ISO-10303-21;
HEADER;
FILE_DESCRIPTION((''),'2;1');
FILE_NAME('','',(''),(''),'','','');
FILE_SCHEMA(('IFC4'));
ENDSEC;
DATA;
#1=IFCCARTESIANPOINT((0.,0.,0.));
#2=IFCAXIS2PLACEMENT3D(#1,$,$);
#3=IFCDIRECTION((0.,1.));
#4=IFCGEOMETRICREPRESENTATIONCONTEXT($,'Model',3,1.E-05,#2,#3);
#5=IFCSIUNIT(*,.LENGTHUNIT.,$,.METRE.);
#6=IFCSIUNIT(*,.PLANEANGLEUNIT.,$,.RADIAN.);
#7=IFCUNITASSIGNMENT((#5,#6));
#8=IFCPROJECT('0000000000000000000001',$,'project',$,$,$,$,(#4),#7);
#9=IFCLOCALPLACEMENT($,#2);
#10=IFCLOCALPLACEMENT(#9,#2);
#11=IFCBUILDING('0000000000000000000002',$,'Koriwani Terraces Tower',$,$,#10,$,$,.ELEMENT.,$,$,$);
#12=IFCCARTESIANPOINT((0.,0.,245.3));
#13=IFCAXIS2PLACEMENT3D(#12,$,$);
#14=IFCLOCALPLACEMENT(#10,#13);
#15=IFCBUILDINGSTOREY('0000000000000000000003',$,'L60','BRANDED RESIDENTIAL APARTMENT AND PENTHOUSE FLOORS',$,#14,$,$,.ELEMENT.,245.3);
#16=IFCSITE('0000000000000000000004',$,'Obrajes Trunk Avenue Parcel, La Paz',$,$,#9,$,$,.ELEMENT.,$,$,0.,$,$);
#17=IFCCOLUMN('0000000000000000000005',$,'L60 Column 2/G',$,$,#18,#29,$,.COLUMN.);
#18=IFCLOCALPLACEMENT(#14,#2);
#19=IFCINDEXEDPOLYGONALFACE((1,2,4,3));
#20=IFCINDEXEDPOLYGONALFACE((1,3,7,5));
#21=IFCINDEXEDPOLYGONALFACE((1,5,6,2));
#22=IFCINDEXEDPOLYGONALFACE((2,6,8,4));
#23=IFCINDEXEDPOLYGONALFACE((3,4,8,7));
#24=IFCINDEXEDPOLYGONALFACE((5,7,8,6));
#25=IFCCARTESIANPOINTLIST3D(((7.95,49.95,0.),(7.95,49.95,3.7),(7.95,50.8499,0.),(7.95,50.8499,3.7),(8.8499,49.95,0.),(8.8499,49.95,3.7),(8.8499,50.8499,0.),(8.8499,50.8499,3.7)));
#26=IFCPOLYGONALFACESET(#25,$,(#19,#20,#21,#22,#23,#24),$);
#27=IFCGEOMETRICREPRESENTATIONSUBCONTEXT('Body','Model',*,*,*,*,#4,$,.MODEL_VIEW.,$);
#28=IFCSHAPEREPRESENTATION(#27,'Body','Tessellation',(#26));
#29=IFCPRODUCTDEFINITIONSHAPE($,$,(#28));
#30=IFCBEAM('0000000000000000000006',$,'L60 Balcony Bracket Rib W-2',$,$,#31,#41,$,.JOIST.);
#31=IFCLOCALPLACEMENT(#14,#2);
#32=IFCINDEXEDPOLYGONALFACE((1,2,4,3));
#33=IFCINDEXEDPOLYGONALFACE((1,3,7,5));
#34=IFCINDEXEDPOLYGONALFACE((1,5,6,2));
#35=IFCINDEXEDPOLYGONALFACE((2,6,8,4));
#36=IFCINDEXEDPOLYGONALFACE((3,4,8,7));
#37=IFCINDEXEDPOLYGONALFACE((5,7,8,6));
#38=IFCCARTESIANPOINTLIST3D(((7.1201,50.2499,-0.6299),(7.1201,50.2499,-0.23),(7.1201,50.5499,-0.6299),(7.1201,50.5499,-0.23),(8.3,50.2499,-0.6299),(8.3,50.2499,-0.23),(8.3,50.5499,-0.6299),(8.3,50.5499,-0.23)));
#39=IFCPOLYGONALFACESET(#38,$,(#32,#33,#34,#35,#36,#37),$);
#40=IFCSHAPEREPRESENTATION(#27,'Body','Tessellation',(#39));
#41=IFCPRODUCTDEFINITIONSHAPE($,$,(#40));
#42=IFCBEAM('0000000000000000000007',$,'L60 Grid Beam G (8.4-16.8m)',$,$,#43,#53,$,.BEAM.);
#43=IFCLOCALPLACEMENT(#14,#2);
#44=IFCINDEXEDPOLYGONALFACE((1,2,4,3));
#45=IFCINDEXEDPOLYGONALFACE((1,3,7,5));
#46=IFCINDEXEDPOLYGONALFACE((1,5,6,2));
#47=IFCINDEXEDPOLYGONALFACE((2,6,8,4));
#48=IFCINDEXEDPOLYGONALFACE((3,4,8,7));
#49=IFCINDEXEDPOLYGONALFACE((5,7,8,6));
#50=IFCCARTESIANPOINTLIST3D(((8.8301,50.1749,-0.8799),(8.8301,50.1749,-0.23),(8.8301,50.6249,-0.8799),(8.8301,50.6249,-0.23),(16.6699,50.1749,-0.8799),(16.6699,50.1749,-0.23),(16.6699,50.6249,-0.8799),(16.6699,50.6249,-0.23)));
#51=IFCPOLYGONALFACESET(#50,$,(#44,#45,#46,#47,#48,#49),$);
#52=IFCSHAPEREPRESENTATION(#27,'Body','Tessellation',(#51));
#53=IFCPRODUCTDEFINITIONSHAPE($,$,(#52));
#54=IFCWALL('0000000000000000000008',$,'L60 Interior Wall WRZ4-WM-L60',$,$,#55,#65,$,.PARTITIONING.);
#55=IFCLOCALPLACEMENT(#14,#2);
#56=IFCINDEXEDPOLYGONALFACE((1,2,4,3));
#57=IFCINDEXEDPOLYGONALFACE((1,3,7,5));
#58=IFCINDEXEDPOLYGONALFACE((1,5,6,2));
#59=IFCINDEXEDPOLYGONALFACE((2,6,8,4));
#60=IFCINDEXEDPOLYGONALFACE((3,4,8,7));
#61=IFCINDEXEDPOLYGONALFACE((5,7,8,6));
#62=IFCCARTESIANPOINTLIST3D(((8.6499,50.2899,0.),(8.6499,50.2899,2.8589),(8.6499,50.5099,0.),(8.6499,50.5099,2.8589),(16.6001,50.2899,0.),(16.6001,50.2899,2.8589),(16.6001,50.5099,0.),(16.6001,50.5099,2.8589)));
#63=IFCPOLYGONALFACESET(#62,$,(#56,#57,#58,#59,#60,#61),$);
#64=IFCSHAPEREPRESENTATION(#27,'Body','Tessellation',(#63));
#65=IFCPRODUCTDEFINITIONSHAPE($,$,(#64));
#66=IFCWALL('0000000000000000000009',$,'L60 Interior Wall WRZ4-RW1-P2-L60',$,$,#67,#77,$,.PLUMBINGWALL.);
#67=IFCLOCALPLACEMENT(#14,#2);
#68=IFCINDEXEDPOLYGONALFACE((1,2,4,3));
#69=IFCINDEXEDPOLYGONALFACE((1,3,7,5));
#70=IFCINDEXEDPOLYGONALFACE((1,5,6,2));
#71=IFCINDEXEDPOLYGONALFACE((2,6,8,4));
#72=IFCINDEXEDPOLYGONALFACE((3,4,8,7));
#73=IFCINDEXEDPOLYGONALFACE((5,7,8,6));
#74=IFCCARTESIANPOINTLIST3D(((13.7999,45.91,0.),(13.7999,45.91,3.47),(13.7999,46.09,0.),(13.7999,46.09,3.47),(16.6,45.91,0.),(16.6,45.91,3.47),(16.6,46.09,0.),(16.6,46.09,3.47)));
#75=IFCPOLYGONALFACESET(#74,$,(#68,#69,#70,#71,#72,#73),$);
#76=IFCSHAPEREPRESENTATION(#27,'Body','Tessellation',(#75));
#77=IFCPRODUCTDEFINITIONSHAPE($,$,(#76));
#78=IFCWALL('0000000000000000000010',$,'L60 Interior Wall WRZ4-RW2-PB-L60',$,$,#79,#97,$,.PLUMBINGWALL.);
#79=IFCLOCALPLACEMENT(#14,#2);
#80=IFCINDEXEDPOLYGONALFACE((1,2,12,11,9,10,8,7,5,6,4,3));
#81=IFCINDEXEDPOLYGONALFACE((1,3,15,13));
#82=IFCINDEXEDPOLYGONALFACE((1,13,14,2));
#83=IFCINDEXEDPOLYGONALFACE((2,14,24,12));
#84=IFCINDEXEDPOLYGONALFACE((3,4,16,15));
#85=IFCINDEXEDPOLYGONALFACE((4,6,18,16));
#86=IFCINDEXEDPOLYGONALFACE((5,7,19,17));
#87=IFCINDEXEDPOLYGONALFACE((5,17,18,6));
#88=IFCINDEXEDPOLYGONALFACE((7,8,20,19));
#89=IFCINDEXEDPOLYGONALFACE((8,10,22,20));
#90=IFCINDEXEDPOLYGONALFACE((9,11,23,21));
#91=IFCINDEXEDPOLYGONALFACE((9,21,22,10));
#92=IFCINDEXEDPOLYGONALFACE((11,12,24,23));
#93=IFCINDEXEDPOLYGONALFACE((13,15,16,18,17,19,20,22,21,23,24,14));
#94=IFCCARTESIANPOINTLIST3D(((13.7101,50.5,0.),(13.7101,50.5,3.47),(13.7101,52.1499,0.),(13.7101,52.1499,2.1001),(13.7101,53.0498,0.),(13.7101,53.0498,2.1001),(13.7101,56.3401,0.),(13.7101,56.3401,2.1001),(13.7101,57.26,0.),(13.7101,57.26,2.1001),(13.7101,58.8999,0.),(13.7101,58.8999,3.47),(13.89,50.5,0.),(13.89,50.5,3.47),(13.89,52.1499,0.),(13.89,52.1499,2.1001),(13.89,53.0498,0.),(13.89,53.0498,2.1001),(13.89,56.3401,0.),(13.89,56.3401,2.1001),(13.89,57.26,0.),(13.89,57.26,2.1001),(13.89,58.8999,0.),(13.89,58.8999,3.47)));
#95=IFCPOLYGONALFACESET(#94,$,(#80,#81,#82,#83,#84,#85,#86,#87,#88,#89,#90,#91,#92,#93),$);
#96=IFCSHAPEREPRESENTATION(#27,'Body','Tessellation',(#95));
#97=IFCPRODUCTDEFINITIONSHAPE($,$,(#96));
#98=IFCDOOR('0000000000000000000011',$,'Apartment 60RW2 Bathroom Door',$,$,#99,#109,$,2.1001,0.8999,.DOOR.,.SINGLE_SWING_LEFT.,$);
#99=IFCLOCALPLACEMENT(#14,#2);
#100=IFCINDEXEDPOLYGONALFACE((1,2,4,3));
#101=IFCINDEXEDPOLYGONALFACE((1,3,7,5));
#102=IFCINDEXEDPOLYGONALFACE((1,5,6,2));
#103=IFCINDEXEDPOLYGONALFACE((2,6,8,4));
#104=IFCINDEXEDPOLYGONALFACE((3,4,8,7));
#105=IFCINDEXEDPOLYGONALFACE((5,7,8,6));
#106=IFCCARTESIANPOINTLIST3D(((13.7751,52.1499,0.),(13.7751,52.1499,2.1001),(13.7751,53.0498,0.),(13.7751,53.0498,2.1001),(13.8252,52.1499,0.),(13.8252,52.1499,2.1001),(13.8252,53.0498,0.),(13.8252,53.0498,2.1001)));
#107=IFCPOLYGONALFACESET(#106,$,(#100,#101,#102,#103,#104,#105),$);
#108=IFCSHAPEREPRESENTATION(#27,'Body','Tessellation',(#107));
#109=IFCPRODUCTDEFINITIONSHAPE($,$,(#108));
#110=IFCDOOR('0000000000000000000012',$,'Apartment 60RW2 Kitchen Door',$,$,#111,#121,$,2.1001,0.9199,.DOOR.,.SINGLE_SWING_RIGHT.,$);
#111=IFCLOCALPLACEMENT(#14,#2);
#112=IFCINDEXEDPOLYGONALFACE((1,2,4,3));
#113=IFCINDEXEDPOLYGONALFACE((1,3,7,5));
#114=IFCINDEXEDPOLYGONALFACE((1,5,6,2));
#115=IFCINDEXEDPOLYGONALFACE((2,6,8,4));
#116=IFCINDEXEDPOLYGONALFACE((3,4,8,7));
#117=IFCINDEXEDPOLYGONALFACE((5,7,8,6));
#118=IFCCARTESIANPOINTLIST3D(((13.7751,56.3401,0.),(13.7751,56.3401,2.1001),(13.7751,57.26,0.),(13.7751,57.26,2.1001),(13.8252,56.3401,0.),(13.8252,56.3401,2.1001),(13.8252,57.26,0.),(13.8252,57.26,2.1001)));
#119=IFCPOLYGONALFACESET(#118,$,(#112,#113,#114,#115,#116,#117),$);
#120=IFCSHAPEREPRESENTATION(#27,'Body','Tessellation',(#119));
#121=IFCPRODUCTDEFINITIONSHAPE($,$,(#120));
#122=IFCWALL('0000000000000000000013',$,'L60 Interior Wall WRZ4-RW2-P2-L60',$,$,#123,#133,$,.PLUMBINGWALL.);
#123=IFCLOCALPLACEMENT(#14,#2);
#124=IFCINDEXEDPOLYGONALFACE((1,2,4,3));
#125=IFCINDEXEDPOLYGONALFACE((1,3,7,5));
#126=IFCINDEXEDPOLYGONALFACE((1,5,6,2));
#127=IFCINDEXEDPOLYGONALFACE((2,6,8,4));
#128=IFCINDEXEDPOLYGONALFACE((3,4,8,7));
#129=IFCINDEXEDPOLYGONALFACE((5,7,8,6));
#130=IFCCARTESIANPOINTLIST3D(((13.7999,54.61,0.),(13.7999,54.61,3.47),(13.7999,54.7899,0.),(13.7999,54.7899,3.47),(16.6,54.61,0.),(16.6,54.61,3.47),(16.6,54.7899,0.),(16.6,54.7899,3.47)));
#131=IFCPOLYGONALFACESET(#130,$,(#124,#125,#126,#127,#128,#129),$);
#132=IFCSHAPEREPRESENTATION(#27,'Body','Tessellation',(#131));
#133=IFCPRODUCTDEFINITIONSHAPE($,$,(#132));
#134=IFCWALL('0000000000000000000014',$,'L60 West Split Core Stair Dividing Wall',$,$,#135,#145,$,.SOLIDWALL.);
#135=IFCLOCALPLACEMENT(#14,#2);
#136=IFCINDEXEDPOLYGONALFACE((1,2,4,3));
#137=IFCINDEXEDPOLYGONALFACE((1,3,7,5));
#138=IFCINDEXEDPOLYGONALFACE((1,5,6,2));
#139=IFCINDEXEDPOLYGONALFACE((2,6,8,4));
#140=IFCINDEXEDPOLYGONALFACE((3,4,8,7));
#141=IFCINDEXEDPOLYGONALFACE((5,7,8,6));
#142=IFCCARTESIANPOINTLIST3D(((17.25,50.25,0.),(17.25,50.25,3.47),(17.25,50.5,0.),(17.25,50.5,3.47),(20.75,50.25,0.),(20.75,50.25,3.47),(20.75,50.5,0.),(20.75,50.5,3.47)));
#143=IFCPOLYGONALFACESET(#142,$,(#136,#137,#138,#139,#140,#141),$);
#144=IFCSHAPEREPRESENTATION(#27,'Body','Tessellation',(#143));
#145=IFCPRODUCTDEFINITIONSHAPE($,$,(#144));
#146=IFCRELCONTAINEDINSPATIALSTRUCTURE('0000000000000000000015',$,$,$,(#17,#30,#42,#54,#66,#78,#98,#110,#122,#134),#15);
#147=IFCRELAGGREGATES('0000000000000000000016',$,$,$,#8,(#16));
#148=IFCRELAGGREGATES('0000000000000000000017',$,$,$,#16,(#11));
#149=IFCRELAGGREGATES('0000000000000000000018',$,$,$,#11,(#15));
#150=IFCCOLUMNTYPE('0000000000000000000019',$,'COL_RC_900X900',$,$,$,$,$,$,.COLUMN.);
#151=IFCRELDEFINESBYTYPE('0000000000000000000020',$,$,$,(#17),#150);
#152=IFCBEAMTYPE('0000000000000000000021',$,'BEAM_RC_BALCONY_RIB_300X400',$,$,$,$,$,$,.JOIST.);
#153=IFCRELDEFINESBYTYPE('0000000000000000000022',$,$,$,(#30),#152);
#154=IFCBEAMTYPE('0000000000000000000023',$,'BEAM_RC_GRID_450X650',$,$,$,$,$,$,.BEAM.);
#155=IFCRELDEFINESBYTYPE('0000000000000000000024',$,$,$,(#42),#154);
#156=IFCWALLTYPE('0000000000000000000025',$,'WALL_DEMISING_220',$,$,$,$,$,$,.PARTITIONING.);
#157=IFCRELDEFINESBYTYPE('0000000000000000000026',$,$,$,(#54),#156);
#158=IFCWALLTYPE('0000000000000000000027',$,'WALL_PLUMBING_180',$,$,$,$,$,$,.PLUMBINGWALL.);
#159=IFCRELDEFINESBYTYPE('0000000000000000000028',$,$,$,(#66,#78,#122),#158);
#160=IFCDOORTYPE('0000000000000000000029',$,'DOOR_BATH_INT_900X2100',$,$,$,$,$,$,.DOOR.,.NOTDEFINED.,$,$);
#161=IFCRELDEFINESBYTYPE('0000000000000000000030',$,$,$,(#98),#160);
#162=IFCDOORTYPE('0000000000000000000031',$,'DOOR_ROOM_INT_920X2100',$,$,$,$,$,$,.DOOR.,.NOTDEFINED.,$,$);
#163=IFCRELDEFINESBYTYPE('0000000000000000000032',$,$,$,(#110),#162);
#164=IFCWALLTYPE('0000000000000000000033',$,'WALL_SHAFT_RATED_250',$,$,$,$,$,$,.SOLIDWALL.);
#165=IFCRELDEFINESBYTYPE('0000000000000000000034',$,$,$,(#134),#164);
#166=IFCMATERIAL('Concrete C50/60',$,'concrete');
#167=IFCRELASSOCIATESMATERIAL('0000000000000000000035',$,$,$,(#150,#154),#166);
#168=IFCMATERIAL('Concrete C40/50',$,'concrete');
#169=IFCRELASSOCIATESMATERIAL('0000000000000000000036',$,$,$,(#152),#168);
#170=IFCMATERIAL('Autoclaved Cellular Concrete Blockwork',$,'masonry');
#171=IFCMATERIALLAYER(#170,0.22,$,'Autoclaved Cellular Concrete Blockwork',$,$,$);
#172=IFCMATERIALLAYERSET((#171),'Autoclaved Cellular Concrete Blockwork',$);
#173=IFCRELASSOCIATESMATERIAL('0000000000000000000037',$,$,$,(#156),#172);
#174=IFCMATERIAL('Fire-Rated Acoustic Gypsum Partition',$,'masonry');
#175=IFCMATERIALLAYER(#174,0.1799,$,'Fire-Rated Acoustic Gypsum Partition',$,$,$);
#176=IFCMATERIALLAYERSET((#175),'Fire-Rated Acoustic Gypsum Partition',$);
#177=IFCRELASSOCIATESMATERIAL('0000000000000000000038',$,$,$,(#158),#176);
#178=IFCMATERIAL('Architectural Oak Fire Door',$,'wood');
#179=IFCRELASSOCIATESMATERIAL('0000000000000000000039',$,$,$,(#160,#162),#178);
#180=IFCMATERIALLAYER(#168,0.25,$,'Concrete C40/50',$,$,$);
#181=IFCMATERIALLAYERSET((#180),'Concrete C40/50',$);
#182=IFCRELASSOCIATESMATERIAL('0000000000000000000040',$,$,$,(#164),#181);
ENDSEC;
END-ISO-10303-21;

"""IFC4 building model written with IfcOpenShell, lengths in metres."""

from ifc_helpers import new_model, si_unit, direction, frame, frame_2d, origin, origin_2d, place, context, subcontext, project, spatial, rectangle, extrude, material, layer, layer_set, material_profile, profile_set, type_object, element, fill, save


model = new_model("IFC4")

# Units and contexts
model_context = context("Model", 3, precision=1e-05, world=origin(), true_north=direction((0.0, 1.0)))
body_context = subcontext(model_context, "Body", "Model", "MODEL_VIEW")
ifc_project = project(units=[si_unit("LENGTHUNIT", "METRE"), si_unit("PLANEANGLEUNIT", "RADIAN")], contexts=[model_context])

# Site, building, storey
site_placement = place(None, origin())
site = spatial("IfcSite", under=ifc_project, at=site_placement, Name="Obrajes Trunk Avenue Parcel, La Paz", CompositionType="ELEMENT", RefElevation=0.0)
building_placement = place(site_placement, origin())
building = spatial("IfcBuilding", under=site, at=building_placement, Name="Koriwani Terraces Tower", CompositionType="ELEMENT")
storey_placement = place(building_placement, frame((0.0, 0.0, 245.3)))
storey = spatial("IfcBuildingStorey", under=building, at=storey_placement, Name="L60", Description="BRANDED RESIDENTIAL APARTMENT AND PENTHOUSE FLOORS", CompositionType="ELEMENT", Elevation=245.3)

# Column
ifc_material_1 = material(Name="Concrete C50/60", Category="concrete")
ifc_material_profile_1 = material_profile(ifc_material_1, rectangle(XDim=0.8999, YDim=0.8999, at=origin_2d()), Name="Concrete C50/60", Category="LoadBearing")
ifc_profile_set_1 = profile_set([ifc_material_profile_1], Name="Concrete C50/60")
column_type = type_object("IfcColumnType", Name="COL_RC_900X900", PredefinedType="COLUMN", material=ifc_profile_set_1)
column_placement = place(storey_placement, frame((8.3999, 50.3999, 0.0), z_axis=(0.0, 0.0, 1.0), x_axis=(1.0, 0.0, 0.0)))
element("IfcColumn", 1, at=column_placement, inside=storey, type_object=column_type, Name="L60 Column 2/G", PredefinedType="COLUMN", context=body_context, shape_type="SweptSolid", body=[
    extrude(rectangle(XDim=0.8999, YDim=0.8999, at=origin_2d()), origin(), (0.0, 0.0, 1.0), 3.7),
])

# Beams
ifc_material_2 = material(Name="Concrete C40/50", Category="concrete")
ifc_material_profile_2 = material_profile(ifc_material_2, rectangle(XDim=0.3, YDim=0.3999, at=origin_2d()), Name="Concrete C40/50", Category="LoadBearing")
ifc_profile_set_2 = profile_set([ifc_material_profile_2], Name="Concrete C40/50")
beam_type_1 = type_object("IfcBeamType", Name="BEAM_RC_BALCONY_RIB_300X400", PredefinedType="JOIST", material=ifc_profile_set_2)
beam_1_placement = place(storey_placement, frame((7.1201, 50.3999, -0.4299), z_axis=(1.0, 0.0, 0.0), x_axis=(0.0, 1.0, 0.0)))
element("IfcBeam", 2, at=beam_1_placement, inside=storey, type_object=beam_type_1, Name="L60 Balcony Bracket Rib W-2", PredefinedType="JOIST", context=body_context, shape_type="SweptSolid", body=[
    extrude(rectangle(XDim=0.3, YDim=0.3999, at=origin_2d()), origin(), (0.0, 0.0, 1.0), 1.1799),
])
ifc_material_profile_3 = material_profile(ifc_material_1, rectangle(XDim=0.45, YDim=0.6499, at=origin_2d()), Name="Concrete C50/60", Category="LoadBearing")
ifc_profile_set_3 = profile_set([ifc_material_profile_3], Name="Concrete C50/60")
beam_type_2 = type_object("IfcBeamType", Name="BEAM_RC_GRID_450X650", PredefinedType="BEAM", material=ifc_profile_set_3)
beam_2_placement = place(storey_placement, frame((8.8301, 50.3999, -0.5549), z_axis=(1.0, 0.0, 0.0), x_axis=(0.0, 1.0, 0.0)))
element("IfcBeam", 3, at=beam_2_placement, inside=storey, type_object=beam_type_2, Name="L60 Grid Beam G (8.4-16.8m)", PredefinedType="BEAM", context=body_context, shape_type="SweptSolid", body=[
    extrude(rectangle(XDim=0.45, YDim=0.6499, at=origin_2d()), origin(), (0.0, 0.0, 1.0), 7.8398),
])

# Walls
ifc_material_3 = material(Name="Autoclaved Cellular Concrete Blockwork", Category="masonry")
ifc_layer_1 = layer(ifc_material_3, 0.22, Name="Autoclaved Cellular Concrete Blockwork")
ifc_layer_set_1 = layer_set([ifc_layer_1], Name="Autoclaved Cellular Concrete Blockwork")
wall_type_1 = type_object("IfcWallType", Name="WALL_DEMISING_220", PredefinedType="PARTITIONING", material=ifc_layer_set_1)
wall_1_placement = place(storey_placement, frame((8.6499, 50.3999, 0.0), z_axis=(0.0, 0.0, 1.0), x_axis=(1.0, 0.0, 0.0)))
element("IfcWall", 4, at=wall_1_placement, inside=storey, type_object=wall_type_1, Name="L60 Interior Wall WRZ4-WM-L60", PredefinedType="PARTITIONING", context=body_context, shape_type="SweptSolid", body=[
    extrude(rectangle(XDim=7.9502, YDim=0.22, at=frame_2d((3.9751, 0.0))), origin(), (0.0, 0.0, 1.0), 2.8589),
])
ifc_material_4 = material(Name="Fire-Rated Acoustic Gypsum Partition", Category="masonry")
ifc_layer_2 = layer(ifc_material_4, 0.1799, Name="Fire-Rated Acoustic Gypsum Partition")
ifc_layer_set_2 = layer_set([ifc_layer_2], Name="Fire-Rated Acoustic Gypsum Partition")
wall_type_2 = type_object("IfcWallType", Name="WALL_PLUMBING_180", PredefinedType="PLUMBINGWALL", material=ifc_layer_set_2)
wall_2_placement = place(storey_placement, frame((13.8, 46.0, 0.0), z_axis=(0.0, 0.0, 1.0), x_axis=(1.0, 0.0, 0.0)))
element("IfcWall", 5, at=wall_2_placement, inside=storey, type_object=wall_type_2, Name="L60 Interior Wall WRZ4-RW1-P2-L60", PredefinedType="PLUMBINGWALL", context=body_context, shape_type="SweptSolid", body=[
    extrude(rectangle(XDim=2.8, YDim=0.1799, at=frame_2d((1.3999, 0.0))), origin(), (0.0, 0.0, 1.0), 3.47),
])

# Wall, openings, doors
wall_3_placement = place(storey_placement, frame((13.8, 50.5, 0.0), z_axis=(0.0, 0.0, 1.0), x_axis=(0.0, 1.0, 0.0)))
wall_3 = element("IfcWall", 6, at=wall_3_placement, inside=storey, type_object=wall_type_2, Name="L60 Interior Wall WRZ4-RW2-PB-L60", PredefinedType="PLUMBINGWALL", context=body_context, shape_type="SweptSolid", body=[
    extrude(rectangle(XDim=8.3999, YDim=0.1799, at=frame_2d((4.2, 0.0))), origin(), (0.0, 0.0, 1.0), 3.47),
])
opening_1_placement = place(wall_3_placement, frame((1.6499, 0.0, 0.0)))
opening_1 = element("IfcOpeningElement", 7, at=opening_1_placement, cuts=wall_3, PredefinedType="OPENING", context=body_context, shape_type="SweptSolid", body=[
    extrude(rectangle(XDim=0.8999, YDim=2.1001, at=frame_2d((0.45, 1.05))), frame((0.0, 0.1001, 0.0), z_axis=(0.0, -1.0, 0.0), x_axis=(1.0, 0.0, 0.0)), (0.0, 0.0, 1.0), 0.2),
])
opening_2_placement = place(wall_3_placement, frame((5.8401, 0.0, 0.0)))
opening_2 = element("IfcOpeningElement", 8, at=opening_2_placement, cuts=wall_3, PredefinedType="OPENING", context=body_context, shape_type="SweptSolid", body=[
    extrude(rectangle(XDim=0.9199, YDim=2.1001, at=frame_2d((0.46, 1.05))), frame((0.0, 0.1001, 0.0), z_axis=(0.0, -1.0, 0.0), x_axis=(1.0, 0.0, 0.0)), (0.0, 0.0, 1.0), 0.2),
])
ifc_material_5 = material(Name="Architectural Oak Fire Door", Category="wood")
door_type_1 = type_object("IfcDoorType", Name="DOOR_BATH_INT_900X2100", OperationType="NOTDEFINED", PredefinedType="DOOR", material=ifc_material_5)
door_1_placement = place(opening_1_placement, origin())
door_1 = element("IfcDoor", 9, at=door_1_placement, inside=storey, type_object=door_type_1, Name="Apartment 60RW2 Bathroom Door", OperationType="SINGLE_SWING_LEFT", OverallHeight=2.1001, OverallWidth=0.8999, PredefinedType="DOOR", context=body_context, shape_type="SweptSolid", body=[
    extrude(rectangle(XDim=0.8999, YDim=2.1001, at=frame_2d((0.45, 1.05))), frame((0.0, 0.0249, 0.0), z_axis=(0.0, -1.0, 0.0), x_axis=(1.0, 0.0, 0.0)), (0.0, 0.0, 1.0), 0.05),
])
fill(opening_1, door_1)
door_type_2 = type_object("IfcDoorType", Name="DOOR_ROOM_INT_920X2100", OperationType="NOTDEFINED", PredefinedType="DOOR", material=ifc_material_5)
door_2_placement = place(opening_2_placement, origin())
door_2 = element("IfcDoor", 10, at=door_2_placement, inside=storey, type_object=door_type_2, Name="Apartment 60RW2 Kitchen Door", OperationType="SINGLE_SWING_RIGHT", OverallHeight=2.1001, OverallWidth=0.9199, PredefinedType="DOOR", context=body_context, shape_type="SweptSolid", body=[
    extrude(rectangle(XDim=0.9199, YDim=2.1001, at=frame_2d((0.46, 1.05))), frame((0.0, 0.0249, 0.0), z_axis=(0.0, -1.0, 0.0), x_axis=(1.0, 0.0, 0.0)), (0.0, 0.0, 1.0), 0.05),
])
fill(opening_2, door_2)

# Walls
wall_4_placement = place(storey_placement, frame((13.8, 54.7, 0.0), z_axis=(0.0, 0.0, 1.0), x_axis=(1.0, 0.0, 0.0)))
element("IfcWall", 11, at=wall_4_placement, inside=storey, type_object=wall_type_2, Name="L60 Interior Wall WRZ4-RW2-P2-L60", PredefinedType="PLUMBINGWALL", context=body_context, shape_type="SweptSolid", body=[
    extrude(rectangle(XDim=2.8, YDim=0.1799, at=frame_2d((1.3999, 0.0))), origin(), (0.0, 0.0, 1.0), 3.47),
])
ifc_layer_3 = layer(ifc_material_2, 0.25, Name="Concrete C40/50")
ifc_layer_set_3 = layer_set([ifc_layer_3], Name="Concrete C40/50")
wall_type_3 = type_object("IfcWallType", Name="WALL_SHAFT_RATED_250", PredefinedType="SOLIDWALL", material=ifc_layer_set_3)
wall_5_placement = place(storey_placement, frame((17.25, 50.375, 0.0), z_axis=(0.0, 0.0, 1.0), x_axis=(1.0, 0.0, 0.0)))
element("IfcWall", 12, at=wall_5_placement, inside=storey, type_object=wall_type_3, Name="L60 West Split Core Stair Dividing Wall", PredefinedType="SOLIDWALL", context=body_context, shape_type="SweptSolid", body=[
    extrude(rectangle(XDim=3.5, YDim=0.25, at=frame_2d((1.75, 0.0))), origin(), (0.0, 0.0, 1.0), 3.47),
])

save(model, "model.ifc")
